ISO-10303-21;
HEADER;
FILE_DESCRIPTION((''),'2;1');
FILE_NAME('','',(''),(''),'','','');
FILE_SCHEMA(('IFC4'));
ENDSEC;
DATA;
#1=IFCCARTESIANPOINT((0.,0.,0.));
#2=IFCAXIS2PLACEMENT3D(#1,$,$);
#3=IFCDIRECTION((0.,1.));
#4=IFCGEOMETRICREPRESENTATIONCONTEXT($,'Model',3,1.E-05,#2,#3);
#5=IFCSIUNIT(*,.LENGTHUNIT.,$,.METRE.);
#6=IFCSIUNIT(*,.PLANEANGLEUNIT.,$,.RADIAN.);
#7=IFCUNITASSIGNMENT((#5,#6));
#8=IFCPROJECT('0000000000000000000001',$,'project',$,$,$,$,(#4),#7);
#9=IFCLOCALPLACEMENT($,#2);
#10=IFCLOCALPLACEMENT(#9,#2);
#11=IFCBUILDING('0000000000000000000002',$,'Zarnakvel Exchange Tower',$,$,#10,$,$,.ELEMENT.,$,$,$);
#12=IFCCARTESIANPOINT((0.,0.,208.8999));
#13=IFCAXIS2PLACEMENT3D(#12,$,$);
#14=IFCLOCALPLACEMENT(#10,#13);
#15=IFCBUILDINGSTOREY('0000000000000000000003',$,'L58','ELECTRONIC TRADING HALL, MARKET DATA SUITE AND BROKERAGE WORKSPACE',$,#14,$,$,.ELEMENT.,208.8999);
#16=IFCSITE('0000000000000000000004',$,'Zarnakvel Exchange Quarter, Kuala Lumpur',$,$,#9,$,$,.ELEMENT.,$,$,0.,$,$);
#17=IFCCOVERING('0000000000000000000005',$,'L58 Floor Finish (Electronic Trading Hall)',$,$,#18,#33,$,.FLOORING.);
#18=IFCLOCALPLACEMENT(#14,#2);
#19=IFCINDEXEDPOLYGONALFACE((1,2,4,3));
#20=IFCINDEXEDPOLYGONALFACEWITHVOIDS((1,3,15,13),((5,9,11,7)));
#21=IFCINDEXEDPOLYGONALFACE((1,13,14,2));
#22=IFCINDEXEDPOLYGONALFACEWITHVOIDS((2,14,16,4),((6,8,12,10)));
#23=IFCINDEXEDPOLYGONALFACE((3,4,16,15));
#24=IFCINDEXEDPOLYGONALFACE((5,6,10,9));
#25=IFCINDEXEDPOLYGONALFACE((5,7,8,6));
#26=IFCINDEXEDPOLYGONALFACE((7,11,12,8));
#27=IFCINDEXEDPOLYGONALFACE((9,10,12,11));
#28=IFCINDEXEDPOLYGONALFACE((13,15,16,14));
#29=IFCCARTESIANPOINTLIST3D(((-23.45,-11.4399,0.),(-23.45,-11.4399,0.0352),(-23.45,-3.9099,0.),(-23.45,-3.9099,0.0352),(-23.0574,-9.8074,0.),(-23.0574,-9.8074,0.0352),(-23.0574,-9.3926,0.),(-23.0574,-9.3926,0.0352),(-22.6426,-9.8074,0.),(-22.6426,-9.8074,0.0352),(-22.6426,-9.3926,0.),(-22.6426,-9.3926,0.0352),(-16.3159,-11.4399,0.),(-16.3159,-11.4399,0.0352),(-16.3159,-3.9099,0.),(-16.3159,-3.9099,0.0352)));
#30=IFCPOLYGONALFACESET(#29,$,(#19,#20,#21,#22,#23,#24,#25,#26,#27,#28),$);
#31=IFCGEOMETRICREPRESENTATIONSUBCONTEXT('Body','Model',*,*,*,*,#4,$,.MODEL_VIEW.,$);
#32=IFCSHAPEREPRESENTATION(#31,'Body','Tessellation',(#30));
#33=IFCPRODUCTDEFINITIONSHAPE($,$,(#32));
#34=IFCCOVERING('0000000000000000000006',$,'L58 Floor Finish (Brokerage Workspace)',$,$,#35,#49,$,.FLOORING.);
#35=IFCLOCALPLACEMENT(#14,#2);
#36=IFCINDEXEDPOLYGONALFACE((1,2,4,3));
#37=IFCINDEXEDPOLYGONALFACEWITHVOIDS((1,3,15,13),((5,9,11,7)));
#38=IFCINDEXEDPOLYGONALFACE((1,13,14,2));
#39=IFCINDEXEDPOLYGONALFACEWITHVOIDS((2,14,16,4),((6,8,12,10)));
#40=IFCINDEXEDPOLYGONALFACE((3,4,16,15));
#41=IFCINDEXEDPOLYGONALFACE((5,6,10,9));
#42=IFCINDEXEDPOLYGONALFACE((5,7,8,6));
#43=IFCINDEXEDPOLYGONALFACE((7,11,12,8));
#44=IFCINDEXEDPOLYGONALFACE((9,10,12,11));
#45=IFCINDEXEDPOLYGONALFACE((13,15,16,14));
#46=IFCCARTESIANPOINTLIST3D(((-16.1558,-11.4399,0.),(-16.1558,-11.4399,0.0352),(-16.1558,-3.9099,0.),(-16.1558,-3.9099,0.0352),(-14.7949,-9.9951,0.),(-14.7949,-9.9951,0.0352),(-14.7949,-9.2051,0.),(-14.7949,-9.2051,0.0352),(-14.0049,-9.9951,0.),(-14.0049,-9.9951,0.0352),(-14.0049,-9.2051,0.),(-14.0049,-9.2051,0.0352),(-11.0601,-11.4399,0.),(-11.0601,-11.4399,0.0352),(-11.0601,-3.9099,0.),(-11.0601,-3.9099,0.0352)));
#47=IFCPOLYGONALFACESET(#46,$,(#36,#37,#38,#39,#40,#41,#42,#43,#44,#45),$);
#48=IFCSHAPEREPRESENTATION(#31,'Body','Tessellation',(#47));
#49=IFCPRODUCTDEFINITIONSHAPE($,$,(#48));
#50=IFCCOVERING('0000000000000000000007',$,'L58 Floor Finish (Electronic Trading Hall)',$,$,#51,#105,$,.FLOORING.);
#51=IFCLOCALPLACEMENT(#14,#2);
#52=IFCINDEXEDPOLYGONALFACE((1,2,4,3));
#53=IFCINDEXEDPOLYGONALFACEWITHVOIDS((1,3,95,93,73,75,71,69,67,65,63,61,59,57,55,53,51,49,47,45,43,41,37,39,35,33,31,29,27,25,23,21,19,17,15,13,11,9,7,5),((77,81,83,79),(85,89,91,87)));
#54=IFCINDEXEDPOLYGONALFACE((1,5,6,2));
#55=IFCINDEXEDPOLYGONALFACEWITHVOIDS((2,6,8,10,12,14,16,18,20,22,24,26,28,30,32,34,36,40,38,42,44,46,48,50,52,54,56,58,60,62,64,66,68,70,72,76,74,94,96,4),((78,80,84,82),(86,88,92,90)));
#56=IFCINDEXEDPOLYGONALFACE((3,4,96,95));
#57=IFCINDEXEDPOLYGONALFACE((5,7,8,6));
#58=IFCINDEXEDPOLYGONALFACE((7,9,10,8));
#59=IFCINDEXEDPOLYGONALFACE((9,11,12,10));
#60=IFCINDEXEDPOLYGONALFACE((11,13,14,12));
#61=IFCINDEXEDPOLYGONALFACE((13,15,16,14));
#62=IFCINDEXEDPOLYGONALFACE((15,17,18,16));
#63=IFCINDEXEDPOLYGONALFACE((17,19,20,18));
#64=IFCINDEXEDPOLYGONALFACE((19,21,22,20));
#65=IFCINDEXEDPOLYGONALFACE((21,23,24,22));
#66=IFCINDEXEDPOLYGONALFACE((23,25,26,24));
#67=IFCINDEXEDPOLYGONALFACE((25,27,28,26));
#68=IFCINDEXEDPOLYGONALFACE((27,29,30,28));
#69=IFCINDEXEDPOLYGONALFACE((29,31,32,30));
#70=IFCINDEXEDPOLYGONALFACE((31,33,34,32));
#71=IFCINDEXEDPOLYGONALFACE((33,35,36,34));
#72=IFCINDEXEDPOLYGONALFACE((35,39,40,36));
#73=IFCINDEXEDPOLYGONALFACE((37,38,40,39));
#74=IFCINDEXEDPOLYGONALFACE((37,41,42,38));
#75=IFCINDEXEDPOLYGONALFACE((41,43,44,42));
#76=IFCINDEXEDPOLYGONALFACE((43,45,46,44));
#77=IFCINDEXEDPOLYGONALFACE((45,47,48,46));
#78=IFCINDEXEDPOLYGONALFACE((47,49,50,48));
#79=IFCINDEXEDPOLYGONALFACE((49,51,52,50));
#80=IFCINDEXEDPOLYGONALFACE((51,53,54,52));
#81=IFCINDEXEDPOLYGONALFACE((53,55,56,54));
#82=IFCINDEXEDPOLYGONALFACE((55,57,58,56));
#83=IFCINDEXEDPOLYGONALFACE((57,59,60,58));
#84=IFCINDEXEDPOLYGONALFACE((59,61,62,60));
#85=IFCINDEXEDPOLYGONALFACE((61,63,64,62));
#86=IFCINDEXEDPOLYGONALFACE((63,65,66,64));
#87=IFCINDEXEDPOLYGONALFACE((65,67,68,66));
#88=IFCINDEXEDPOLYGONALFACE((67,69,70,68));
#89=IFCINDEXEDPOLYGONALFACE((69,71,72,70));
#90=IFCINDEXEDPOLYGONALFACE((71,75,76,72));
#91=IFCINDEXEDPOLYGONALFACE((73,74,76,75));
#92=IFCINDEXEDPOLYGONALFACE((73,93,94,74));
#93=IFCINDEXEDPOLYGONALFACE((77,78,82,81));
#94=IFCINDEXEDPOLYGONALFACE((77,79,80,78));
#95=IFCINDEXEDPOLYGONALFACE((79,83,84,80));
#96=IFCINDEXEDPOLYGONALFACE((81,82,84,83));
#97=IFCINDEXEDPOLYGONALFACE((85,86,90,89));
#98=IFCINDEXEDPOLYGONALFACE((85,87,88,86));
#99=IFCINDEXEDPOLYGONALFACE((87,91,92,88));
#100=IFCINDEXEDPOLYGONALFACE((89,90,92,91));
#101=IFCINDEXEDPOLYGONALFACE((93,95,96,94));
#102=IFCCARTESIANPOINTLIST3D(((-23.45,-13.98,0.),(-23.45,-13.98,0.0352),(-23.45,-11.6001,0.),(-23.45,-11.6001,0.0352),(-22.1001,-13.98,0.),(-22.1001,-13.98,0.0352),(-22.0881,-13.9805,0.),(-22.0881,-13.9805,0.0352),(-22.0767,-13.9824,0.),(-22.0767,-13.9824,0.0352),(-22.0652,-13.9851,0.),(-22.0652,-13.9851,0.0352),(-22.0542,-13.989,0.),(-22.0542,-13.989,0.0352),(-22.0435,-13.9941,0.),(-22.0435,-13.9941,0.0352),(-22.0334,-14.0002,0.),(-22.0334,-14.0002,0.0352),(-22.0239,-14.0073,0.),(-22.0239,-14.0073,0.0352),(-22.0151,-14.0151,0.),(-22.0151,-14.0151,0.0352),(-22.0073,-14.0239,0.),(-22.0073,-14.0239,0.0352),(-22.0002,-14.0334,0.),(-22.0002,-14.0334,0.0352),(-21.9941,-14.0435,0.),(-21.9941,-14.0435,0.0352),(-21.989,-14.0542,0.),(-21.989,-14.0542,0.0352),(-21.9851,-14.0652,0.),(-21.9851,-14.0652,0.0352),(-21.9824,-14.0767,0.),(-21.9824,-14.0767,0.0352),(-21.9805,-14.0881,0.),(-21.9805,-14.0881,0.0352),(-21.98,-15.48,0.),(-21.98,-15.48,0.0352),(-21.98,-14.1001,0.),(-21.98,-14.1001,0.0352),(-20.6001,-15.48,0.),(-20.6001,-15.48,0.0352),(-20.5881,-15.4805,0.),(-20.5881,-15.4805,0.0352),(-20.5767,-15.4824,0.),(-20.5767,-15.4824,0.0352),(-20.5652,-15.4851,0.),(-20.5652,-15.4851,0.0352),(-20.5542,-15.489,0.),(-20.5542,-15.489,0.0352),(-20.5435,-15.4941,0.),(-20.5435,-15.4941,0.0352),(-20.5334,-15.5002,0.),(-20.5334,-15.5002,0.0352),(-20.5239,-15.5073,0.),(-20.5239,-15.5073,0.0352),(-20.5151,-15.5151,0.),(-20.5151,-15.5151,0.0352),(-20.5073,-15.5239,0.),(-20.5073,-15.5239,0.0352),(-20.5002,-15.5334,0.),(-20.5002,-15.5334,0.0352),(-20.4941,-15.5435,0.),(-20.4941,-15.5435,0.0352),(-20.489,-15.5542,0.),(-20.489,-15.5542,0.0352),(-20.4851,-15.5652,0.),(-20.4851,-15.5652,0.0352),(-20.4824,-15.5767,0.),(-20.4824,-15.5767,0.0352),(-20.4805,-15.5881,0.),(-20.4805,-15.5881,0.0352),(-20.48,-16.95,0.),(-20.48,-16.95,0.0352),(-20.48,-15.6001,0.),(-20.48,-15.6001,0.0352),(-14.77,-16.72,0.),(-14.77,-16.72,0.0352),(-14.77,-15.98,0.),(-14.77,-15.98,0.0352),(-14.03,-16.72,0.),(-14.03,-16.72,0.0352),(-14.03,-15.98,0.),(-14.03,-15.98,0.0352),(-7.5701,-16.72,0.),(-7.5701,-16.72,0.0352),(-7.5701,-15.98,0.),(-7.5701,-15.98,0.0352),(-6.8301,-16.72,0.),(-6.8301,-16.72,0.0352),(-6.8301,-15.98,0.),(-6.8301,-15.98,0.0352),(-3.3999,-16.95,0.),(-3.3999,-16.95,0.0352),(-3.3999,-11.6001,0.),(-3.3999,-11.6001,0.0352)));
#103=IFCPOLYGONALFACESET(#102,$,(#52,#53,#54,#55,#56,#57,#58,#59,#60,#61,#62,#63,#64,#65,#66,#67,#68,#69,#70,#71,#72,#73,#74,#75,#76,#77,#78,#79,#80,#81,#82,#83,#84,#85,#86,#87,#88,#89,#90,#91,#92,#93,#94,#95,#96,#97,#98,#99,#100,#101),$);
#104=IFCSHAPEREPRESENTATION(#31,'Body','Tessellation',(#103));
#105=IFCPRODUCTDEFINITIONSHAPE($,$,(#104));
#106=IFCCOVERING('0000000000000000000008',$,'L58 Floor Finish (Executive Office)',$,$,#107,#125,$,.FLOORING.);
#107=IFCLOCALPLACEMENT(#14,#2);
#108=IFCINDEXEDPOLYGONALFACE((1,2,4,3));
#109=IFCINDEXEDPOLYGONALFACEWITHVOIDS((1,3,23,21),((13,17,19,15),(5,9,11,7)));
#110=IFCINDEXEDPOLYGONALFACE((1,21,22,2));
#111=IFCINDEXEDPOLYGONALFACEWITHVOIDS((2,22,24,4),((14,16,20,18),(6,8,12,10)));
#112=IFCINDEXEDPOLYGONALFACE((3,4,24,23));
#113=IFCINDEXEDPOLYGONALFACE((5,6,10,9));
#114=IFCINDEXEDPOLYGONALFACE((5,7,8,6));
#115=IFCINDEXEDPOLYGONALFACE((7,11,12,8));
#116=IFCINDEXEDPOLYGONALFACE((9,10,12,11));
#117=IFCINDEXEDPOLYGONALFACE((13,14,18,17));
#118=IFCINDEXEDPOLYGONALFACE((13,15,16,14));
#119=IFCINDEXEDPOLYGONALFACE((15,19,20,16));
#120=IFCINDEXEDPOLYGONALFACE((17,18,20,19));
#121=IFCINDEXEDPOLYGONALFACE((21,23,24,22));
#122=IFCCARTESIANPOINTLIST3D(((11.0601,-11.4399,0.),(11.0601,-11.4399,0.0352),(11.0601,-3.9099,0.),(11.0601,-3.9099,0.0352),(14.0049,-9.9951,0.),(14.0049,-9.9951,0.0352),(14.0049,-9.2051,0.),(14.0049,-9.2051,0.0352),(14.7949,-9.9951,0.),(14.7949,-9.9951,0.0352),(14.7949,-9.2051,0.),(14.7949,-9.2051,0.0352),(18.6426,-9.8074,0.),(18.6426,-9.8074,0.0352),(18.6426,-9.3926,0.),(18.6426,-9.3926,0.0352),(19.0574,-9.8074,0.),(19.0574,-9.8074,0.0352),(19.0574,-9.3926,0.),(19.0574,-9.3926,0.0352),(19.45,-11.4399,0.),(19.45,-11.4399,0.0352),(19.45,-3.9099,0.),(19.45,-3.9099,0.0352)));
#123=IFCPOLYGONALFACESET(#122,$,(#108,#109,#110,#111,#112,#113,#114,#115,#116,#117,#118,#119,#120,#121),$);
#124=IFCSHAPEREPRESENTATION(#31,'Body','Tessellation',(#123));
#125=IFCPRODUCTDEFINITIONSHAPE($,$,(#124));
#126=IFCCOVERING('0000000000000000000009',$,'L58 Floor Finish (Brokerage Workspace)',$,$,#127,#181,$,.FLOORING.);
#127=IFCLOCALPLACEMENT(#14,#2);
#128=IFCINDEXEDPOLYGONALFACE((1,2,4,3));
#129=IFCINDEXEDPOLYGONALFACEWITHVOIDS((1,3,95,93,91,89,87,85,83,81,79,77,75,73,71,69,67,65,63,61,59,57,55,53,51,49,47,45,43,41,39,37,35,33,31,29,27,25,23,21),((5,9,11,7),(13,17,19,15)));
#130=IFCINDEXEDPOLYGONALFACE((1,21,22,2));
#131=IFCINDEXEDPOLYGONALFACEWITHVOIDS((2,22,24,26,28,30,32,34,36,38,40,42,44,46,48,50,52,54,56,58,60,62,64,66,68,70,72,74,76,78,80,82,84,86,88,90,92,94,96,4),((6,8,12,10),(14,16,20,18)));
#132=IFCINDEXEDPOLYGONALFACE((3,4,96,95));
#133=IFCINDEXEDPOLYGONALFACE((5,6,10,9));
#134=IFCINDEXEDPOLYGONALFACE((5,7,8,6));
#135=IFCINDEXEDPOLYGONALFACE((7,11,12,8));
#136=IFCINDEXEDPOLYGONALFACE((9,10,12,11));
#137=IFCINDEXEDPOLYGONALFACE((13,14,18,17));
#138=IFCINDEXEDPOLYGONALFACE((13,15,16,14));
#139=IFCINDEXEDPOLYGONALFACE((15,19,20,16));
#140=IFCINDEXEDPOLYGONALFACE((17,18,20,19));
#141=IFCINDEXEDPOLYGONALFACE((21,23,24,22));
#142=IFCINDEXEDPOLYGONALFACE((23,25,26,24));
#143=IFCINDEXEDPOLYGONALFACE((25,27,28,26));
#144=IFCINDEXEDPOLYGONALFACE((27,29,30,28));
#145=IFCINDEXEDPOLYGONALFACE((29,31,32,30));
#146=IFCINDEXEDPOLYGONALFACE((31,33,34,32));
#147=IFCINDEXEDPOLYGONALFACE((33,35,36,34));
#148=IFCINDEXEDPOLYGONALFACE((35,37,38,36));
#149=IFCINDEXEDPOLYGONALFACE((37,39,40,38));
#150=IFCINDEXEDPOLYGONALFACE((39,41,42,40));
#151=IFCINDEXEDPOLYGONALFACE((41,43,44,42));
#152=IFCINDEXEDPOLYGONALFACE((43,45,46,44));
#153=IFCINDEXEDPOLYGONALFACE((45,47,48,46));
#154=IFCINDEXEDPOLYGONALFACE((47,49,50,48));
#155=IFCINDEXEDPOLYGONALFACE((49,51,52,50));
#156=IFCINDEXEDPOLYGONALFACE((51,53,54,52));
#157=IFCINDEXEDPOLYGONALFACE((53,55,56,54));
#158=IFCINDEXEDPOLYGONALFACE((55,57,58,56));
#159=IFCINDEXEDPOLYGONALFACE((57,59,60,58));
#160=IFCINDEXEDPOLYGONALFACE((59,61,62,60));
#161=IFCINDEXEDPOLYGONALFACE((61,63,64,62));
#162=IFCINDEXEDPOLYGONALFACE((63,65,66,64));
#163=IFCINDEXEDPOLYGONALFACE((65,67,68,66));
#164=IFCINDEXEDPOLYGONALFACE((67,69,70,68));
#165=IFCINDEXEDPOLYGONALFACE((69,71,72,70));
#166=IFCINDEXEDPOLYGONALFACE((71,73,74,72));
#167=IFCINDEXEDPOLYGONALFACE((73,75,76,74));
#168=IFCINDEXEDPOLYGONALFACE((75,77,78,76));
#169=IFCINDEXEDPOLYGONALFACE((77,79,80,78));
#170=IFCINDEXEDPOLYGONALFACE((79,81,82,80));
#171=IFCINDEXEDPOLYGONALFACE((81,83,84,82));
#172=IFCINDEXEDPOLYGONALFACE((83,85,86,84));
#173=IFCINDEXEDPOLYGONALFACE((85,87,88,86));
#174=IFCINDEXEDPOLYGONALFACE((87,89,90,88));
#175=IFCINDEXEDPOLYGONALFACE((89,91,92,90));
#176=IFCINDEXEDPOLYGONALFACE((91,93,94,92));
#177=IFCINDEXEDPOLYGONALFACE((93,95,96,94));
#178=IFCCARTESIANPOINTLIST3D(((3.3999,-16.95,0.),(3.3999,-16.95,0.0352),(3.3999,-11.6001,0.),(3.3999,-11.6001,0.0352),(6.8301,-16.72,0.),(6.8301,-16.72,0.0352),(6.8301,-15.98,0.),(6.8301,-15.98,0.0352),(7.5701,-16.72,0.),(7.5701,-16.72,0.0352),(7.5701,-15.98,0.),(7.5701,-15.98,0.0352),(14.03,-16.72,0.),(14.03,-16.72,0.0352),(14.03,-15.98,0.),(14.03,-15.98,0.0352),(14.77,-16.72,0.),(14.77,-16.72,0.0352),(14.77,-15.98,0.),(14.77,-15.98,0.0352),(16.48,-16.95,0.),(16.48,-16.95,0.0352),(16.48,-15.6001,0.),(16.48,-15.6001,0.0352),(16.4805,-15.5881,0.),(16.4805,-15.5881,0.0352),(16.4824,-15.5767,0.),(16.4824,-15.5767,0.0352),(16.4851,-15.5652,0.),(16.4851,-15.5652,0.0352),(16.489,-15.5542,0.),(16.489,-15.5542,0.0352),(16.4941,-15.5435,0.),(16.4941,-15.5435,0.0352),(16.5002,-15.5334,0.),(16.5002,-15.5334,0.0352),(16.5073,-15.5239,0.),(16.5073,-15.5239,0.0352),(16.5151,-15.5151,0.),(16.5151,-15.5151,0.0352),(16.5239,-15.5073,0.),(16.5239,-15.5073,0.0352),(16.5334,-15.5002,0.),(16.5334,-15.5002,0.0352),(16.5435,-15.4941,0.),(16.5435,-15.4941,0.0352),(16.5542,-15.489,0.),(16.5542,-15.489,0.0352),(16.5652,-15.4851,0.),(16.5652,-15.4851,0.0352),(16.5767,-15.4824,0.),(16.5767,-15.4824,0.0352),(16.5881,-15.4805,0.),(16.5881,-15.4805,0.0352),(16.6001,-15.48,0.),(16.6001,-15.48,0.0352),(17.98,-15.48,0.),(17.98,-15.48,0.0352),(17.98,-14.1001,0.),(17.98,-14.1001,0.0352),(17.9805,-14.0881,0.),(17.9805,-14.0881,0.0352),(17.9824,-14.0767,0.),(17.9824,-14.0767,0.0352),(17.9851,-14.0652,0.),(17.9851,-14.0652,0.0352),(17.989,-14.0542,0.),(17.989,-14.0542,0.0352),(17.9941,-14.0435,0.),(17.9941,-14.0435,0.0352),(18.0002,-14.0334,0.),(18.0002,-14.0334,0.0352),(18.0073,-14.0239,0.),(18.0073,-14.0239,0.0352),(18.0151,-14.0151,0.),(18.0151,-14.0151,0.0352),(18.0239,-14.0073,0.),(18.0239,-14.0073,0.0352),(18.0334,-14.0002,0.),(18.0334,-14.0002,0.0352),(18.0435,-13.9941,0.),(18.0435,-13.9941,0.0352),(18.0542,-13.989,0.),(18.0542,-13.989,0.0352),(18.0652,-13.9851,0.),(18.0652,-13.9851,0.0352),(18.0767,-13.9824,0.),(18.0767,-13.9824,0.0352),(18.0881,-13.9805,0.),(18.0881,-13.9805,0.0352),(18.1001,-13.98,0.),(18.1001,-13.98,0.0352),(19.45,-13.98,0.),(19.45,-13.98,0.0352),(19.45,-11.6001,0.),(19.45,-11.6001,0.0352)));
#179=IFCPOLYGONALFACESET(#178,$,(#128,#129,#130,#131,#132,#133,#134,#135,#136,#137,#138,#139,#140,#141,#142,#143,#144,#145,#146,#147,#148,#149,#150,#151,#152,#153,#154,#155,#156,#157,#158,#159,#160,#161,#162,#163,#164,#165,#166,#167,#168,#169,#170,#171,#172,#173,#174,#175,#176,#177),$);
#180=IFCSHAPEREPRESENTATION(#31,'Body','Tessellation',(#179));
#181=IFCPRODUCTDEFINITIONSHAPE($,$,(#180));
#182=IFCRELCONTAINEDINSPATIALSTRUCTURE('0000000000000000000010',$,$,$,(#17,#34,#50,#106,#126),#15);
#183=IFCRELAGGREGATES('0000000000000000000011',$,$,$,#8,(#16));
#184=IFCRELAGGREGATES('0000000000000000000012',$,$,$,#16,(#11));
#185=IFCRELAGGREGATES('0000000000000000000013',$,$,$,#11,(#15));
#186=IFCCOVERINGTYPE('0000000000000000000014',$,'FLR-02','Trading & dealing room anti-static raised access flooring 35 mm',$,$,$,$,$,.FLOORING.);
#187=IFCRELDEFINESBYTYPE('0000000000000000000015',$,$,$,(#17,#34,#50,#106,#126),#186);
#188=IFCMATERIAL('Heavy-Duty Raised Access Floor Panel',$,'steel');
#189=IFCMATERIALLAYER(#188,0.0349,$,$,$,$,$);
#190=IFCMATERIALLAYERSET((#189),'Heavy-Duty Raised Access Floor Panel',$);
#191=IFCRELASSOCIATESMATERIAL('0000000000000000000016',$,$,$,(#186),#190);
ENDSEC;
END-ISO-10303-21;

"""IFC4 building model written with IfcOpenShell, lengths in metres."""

from ifc_helpers import new_model, si_unit, direction, frame, origin, place, context, subcontext, project, spatial, polyline, outline, extrude, material, layer, layer_set, type_object, element, save


model = new_model("IFC4")

# Units and contexts
model_context = context("Model", 3, precision=1e-05, world=origin(), true_north=direction((0.0, 1.0)))
body_context = subcontext(model_context, "Body", "Model", "MODEL_VIEW")
ifc_project = project(units=[si_unit("LENGTHUNIT", "METRE"), si_unit("PLANEANGLEUNIT", "RADIAN")], contexts=[model_context])

# Site, building, storey
site_placement = place(None, origin())
site = spatial("IfcSite", under=ifc_project, at=site_placement, Name="Zarnakvel Exchange Quarter, Kuala Lumpur", CompositionType="ELEMENT", RefElevation=0.0)
building_placement = place(site_placement, origin())
building = spatial("IfcBuilding", under=site, at=building_placement, Name="Zarnakvel Exchange Tower", CompositionType="ELEMENT")
storey_placement = place(building_placement, frame((0.0, 0.0, 208.8999)))
storey = spatial("IfcBuildingStorey", under=building, at=storey_placement, Name="L58", Description="ELECTRONIC TRADING HALL, MARKET DATA SUITE AND BROKERAGE WORKSPACE", CompositionType="ELEMENT", Elevation=208.8999)

# Coverings
ifc_material_1 = material(Name="Heavy-Duty Raised Access Floor Panel", Category="steel")
ifc_layer_1 = layer(ifc_material_1, 0.0349)
ifc_layer_set_1 = layer_set([ifc_layer_1], Name="Heavy-Duty Raised Access Floor Panel")
covering_type_1 = type_object("IfcCoveringType", Name="FLR-02", Description="Trading & dealing room anti-static raised access flooring 35 mm", PredefinedType="FLOORING", material=ifc_layer_set_1)
covering_1_placement = place(storey_placement, origin())
element("IfcCovering", 1, at=covering_1_placement, inside=storey, type_object=covering_type_1, Name="L58 Floor Finish (Electronic Trading Hall)", PredefinedType="FLOORING", context=body_context, shape_type="SweptSolid", body=[
    extrude(outline(polyline([(-23.45, -3.9099), (-16.3159, -3.9099), (-16.3159, -11.4399), (-23.45, -11.4399), (-23.45, -3.9099)]), holes=[polyline([(-22.6426, -9.8074), (-22.6426, -9.3926), (-23.0574, -9.3926), (-23.0574, -9.8074), (-22.6426, -9.8074)])]), origin(), (0.0, 0.0, 1.0), 0.0352),
])
covering_2_placement = place(storey_placement, origin())
element("IfcCovering", 2, at=covering_2_placement, inside=storey, type_object=covering_type_1, Name="L58 Floor Finish (Brokerage Workspace)", PredefinedType="FLOORING", context=body_context, shape_type="SweptSolid", body=[
    extrude(outline(polyline([(-16.1558, -3.9099), (-11.0601, -3.9099), (-11.0601, -11.4399), (-16.1558, -11.4399), (-16.1558, -3.9099)]), holes=[polyline([(-14.0049, -9.9951), (-14.0049, -9.2051), (-14.7949, -9.2051), (-14.7949, -9.9951), (-14.0049, -9.9951)])]), origin(), (0.0, 0.0, 1.0), 0.0352),
])
covering_3_placement = place(storey_placement, origin())
element("IfcCovering", 3, at=covering_3_placement, inside=storey, type_object=covering_type_1, Name="L58 Floor Finish (Electronic Trading Hall)", PredefinedType="FLOORING", context=body_context, shape_type="SweptSolid", body=[
    extrude(outline(polyline([(-3.3999, -11.6001), (-3.3999, -16.95), (-20.48, -16.95), (-20.48, -15.6001), (-20.4805, -15.5881), (-20.4824, -15.5767), (-20.4851, -15.5652), (-20.489, -15.5542), (-20.4941, -15.5435), (-20.5002, -15.5334), (-20.5073, -15.5239), (-20.5151, -15.5151), (-20.5239, -15.5073), (-20.5334, -15.5002), (-20.5435, -15.4941), (-20.5542, -15.489), (-20.5652, -15.4851), (-20.5767, -15.4824), (-20.5881, -15.4805), (-20.6001, -15.48), (-21.98, -15.48), (-21.98, -14.1001), (-21.9805, -14.0881), (-21.9824, -14.0767), (-21.9851, -14.0652), (-21.989, -14.0542), (-21.9941, -14.0435), (-22.0002, -14.0334), (-22.0073, -14.0239), (-22.0151, -14.0151), (-22.0239, -14.0073), (-22.0334, -14.0002), (-22.0435, -13.9941), (-22.0542, -13.989), (-22.0652, -13.9851), (-22.0767, -13.9824), (-22.0881, -13.9805), (-22.1001, -13.98), (-23.45, -13.98), (-23.45, -11.6001), (-3.3999, -11.6001)]), holes=[polyline([(-6.8301, -16.72), (-6.8301, -15.98), (-7.5701, -15.98), (-7.5701, -16.72), (-6.8301, -16.72)]), polyline([(-14.03, -15.98), (-14.77, -15.98), (-14.77, -16.72), (-14.03, -16.72), (-14.03, -15.98)])]), origin(), (0.0, 0.0, 1.0), 0.0352),
])
covering_4_placement = place(storey_placement, origin())
element("IfcCovering", 4, at=covering_4_placement, inside=storey, type_object=covering_type_1, Name="L58 Floor Finish (Executive Office)", PredefinedType="FLOORING", context=body_context, shape_type="SweptSolid", body=[
    extrude(outline(polyline([(11.0601, -3.9099), (19.45, -3.9099), (19.45, -11.4399), (11.0601, -11.4399), (11.0601, -3.9099)]), holes=[polyline([(19.0574, -9.8074), (19.0574, -9.3926), (18.6426, -9.3926), (18.6426, -9.8074), (19.0574, -9.8074)]), polyline([(14.7949, -9.9951), (14.7949, -9.2051), (14.0049, -9.2051), (14.0049, -9.9951), (14.7949, -9.9951)])]), origin(), (0.0, 0.0, 1.0), 0.0352),
])
covering_5_placement = place(storey_placement, origin())
element("IfcCovering", 5, at=covering_5_placement, inside=storey, type_object=covering_type_1, Name="L58 Floor Finish (Brokerage Workspace)", PredefinedType="FLOORING", context=body_context, shape_type="SweptSolid", body=[
    extrude(outline(polyline([(3.3999, -11.6001), (19.45, -11.6001), (19.45, -13.98), (18.1001, -13.98), (18.0881, -13.9805), (18.0767, -13.9824), (18.0652, -13.9851), (18.0542, -13.989), (18.0435, -13.9941), (18.0334, -14.0002), (18.0239, -14.0073), (18.0151, -14.0151), (18.0073, -14.0239), (18.0002, -14.0334), (17.9941, -14.0435), (17.989, -14.0542), (17.9851, -14.0652), (17.9824, -14.0767), (17.9805, -14.0881), (17.98, -14.1001), (17.98, -15.48), (16.6001, -15.48), (16.5881, -15.4805), (16.5767, -15.4824), (16.5652, -15.4851), (16.5542, -15.489), (16.5435, -15.4941), (16.5334, -15.5002), (16.5239, -15.5073), (16.5151, -15.5151), (16.5073, -15.5239), (16.5002, -15.5334), (16.4941, -15.5435), (16.489, -15.5542), (16.4851, -15.5652), (16.4824, -15.5767), (16.4805, -15.5881), (16.48, -15.6001), (16.48, -16.95), (3.3999, -16.95), (3.3999, -11.6001)]), holes=[polyline([(14.77, -16.72), (14.77, -15.98), (14.03, -15.98), (14.03, -16.72), (14.77, -16.72)]), polyline([(7.5701, -15.98), (6.8301, -15.98), (6.8301, -16.72), (7.5701, -16.72), (7.5701, -15.98)])]), origin(), (0.0, 0.0, 1.0), 0.0352),
])

save(model, "model.ifc")
